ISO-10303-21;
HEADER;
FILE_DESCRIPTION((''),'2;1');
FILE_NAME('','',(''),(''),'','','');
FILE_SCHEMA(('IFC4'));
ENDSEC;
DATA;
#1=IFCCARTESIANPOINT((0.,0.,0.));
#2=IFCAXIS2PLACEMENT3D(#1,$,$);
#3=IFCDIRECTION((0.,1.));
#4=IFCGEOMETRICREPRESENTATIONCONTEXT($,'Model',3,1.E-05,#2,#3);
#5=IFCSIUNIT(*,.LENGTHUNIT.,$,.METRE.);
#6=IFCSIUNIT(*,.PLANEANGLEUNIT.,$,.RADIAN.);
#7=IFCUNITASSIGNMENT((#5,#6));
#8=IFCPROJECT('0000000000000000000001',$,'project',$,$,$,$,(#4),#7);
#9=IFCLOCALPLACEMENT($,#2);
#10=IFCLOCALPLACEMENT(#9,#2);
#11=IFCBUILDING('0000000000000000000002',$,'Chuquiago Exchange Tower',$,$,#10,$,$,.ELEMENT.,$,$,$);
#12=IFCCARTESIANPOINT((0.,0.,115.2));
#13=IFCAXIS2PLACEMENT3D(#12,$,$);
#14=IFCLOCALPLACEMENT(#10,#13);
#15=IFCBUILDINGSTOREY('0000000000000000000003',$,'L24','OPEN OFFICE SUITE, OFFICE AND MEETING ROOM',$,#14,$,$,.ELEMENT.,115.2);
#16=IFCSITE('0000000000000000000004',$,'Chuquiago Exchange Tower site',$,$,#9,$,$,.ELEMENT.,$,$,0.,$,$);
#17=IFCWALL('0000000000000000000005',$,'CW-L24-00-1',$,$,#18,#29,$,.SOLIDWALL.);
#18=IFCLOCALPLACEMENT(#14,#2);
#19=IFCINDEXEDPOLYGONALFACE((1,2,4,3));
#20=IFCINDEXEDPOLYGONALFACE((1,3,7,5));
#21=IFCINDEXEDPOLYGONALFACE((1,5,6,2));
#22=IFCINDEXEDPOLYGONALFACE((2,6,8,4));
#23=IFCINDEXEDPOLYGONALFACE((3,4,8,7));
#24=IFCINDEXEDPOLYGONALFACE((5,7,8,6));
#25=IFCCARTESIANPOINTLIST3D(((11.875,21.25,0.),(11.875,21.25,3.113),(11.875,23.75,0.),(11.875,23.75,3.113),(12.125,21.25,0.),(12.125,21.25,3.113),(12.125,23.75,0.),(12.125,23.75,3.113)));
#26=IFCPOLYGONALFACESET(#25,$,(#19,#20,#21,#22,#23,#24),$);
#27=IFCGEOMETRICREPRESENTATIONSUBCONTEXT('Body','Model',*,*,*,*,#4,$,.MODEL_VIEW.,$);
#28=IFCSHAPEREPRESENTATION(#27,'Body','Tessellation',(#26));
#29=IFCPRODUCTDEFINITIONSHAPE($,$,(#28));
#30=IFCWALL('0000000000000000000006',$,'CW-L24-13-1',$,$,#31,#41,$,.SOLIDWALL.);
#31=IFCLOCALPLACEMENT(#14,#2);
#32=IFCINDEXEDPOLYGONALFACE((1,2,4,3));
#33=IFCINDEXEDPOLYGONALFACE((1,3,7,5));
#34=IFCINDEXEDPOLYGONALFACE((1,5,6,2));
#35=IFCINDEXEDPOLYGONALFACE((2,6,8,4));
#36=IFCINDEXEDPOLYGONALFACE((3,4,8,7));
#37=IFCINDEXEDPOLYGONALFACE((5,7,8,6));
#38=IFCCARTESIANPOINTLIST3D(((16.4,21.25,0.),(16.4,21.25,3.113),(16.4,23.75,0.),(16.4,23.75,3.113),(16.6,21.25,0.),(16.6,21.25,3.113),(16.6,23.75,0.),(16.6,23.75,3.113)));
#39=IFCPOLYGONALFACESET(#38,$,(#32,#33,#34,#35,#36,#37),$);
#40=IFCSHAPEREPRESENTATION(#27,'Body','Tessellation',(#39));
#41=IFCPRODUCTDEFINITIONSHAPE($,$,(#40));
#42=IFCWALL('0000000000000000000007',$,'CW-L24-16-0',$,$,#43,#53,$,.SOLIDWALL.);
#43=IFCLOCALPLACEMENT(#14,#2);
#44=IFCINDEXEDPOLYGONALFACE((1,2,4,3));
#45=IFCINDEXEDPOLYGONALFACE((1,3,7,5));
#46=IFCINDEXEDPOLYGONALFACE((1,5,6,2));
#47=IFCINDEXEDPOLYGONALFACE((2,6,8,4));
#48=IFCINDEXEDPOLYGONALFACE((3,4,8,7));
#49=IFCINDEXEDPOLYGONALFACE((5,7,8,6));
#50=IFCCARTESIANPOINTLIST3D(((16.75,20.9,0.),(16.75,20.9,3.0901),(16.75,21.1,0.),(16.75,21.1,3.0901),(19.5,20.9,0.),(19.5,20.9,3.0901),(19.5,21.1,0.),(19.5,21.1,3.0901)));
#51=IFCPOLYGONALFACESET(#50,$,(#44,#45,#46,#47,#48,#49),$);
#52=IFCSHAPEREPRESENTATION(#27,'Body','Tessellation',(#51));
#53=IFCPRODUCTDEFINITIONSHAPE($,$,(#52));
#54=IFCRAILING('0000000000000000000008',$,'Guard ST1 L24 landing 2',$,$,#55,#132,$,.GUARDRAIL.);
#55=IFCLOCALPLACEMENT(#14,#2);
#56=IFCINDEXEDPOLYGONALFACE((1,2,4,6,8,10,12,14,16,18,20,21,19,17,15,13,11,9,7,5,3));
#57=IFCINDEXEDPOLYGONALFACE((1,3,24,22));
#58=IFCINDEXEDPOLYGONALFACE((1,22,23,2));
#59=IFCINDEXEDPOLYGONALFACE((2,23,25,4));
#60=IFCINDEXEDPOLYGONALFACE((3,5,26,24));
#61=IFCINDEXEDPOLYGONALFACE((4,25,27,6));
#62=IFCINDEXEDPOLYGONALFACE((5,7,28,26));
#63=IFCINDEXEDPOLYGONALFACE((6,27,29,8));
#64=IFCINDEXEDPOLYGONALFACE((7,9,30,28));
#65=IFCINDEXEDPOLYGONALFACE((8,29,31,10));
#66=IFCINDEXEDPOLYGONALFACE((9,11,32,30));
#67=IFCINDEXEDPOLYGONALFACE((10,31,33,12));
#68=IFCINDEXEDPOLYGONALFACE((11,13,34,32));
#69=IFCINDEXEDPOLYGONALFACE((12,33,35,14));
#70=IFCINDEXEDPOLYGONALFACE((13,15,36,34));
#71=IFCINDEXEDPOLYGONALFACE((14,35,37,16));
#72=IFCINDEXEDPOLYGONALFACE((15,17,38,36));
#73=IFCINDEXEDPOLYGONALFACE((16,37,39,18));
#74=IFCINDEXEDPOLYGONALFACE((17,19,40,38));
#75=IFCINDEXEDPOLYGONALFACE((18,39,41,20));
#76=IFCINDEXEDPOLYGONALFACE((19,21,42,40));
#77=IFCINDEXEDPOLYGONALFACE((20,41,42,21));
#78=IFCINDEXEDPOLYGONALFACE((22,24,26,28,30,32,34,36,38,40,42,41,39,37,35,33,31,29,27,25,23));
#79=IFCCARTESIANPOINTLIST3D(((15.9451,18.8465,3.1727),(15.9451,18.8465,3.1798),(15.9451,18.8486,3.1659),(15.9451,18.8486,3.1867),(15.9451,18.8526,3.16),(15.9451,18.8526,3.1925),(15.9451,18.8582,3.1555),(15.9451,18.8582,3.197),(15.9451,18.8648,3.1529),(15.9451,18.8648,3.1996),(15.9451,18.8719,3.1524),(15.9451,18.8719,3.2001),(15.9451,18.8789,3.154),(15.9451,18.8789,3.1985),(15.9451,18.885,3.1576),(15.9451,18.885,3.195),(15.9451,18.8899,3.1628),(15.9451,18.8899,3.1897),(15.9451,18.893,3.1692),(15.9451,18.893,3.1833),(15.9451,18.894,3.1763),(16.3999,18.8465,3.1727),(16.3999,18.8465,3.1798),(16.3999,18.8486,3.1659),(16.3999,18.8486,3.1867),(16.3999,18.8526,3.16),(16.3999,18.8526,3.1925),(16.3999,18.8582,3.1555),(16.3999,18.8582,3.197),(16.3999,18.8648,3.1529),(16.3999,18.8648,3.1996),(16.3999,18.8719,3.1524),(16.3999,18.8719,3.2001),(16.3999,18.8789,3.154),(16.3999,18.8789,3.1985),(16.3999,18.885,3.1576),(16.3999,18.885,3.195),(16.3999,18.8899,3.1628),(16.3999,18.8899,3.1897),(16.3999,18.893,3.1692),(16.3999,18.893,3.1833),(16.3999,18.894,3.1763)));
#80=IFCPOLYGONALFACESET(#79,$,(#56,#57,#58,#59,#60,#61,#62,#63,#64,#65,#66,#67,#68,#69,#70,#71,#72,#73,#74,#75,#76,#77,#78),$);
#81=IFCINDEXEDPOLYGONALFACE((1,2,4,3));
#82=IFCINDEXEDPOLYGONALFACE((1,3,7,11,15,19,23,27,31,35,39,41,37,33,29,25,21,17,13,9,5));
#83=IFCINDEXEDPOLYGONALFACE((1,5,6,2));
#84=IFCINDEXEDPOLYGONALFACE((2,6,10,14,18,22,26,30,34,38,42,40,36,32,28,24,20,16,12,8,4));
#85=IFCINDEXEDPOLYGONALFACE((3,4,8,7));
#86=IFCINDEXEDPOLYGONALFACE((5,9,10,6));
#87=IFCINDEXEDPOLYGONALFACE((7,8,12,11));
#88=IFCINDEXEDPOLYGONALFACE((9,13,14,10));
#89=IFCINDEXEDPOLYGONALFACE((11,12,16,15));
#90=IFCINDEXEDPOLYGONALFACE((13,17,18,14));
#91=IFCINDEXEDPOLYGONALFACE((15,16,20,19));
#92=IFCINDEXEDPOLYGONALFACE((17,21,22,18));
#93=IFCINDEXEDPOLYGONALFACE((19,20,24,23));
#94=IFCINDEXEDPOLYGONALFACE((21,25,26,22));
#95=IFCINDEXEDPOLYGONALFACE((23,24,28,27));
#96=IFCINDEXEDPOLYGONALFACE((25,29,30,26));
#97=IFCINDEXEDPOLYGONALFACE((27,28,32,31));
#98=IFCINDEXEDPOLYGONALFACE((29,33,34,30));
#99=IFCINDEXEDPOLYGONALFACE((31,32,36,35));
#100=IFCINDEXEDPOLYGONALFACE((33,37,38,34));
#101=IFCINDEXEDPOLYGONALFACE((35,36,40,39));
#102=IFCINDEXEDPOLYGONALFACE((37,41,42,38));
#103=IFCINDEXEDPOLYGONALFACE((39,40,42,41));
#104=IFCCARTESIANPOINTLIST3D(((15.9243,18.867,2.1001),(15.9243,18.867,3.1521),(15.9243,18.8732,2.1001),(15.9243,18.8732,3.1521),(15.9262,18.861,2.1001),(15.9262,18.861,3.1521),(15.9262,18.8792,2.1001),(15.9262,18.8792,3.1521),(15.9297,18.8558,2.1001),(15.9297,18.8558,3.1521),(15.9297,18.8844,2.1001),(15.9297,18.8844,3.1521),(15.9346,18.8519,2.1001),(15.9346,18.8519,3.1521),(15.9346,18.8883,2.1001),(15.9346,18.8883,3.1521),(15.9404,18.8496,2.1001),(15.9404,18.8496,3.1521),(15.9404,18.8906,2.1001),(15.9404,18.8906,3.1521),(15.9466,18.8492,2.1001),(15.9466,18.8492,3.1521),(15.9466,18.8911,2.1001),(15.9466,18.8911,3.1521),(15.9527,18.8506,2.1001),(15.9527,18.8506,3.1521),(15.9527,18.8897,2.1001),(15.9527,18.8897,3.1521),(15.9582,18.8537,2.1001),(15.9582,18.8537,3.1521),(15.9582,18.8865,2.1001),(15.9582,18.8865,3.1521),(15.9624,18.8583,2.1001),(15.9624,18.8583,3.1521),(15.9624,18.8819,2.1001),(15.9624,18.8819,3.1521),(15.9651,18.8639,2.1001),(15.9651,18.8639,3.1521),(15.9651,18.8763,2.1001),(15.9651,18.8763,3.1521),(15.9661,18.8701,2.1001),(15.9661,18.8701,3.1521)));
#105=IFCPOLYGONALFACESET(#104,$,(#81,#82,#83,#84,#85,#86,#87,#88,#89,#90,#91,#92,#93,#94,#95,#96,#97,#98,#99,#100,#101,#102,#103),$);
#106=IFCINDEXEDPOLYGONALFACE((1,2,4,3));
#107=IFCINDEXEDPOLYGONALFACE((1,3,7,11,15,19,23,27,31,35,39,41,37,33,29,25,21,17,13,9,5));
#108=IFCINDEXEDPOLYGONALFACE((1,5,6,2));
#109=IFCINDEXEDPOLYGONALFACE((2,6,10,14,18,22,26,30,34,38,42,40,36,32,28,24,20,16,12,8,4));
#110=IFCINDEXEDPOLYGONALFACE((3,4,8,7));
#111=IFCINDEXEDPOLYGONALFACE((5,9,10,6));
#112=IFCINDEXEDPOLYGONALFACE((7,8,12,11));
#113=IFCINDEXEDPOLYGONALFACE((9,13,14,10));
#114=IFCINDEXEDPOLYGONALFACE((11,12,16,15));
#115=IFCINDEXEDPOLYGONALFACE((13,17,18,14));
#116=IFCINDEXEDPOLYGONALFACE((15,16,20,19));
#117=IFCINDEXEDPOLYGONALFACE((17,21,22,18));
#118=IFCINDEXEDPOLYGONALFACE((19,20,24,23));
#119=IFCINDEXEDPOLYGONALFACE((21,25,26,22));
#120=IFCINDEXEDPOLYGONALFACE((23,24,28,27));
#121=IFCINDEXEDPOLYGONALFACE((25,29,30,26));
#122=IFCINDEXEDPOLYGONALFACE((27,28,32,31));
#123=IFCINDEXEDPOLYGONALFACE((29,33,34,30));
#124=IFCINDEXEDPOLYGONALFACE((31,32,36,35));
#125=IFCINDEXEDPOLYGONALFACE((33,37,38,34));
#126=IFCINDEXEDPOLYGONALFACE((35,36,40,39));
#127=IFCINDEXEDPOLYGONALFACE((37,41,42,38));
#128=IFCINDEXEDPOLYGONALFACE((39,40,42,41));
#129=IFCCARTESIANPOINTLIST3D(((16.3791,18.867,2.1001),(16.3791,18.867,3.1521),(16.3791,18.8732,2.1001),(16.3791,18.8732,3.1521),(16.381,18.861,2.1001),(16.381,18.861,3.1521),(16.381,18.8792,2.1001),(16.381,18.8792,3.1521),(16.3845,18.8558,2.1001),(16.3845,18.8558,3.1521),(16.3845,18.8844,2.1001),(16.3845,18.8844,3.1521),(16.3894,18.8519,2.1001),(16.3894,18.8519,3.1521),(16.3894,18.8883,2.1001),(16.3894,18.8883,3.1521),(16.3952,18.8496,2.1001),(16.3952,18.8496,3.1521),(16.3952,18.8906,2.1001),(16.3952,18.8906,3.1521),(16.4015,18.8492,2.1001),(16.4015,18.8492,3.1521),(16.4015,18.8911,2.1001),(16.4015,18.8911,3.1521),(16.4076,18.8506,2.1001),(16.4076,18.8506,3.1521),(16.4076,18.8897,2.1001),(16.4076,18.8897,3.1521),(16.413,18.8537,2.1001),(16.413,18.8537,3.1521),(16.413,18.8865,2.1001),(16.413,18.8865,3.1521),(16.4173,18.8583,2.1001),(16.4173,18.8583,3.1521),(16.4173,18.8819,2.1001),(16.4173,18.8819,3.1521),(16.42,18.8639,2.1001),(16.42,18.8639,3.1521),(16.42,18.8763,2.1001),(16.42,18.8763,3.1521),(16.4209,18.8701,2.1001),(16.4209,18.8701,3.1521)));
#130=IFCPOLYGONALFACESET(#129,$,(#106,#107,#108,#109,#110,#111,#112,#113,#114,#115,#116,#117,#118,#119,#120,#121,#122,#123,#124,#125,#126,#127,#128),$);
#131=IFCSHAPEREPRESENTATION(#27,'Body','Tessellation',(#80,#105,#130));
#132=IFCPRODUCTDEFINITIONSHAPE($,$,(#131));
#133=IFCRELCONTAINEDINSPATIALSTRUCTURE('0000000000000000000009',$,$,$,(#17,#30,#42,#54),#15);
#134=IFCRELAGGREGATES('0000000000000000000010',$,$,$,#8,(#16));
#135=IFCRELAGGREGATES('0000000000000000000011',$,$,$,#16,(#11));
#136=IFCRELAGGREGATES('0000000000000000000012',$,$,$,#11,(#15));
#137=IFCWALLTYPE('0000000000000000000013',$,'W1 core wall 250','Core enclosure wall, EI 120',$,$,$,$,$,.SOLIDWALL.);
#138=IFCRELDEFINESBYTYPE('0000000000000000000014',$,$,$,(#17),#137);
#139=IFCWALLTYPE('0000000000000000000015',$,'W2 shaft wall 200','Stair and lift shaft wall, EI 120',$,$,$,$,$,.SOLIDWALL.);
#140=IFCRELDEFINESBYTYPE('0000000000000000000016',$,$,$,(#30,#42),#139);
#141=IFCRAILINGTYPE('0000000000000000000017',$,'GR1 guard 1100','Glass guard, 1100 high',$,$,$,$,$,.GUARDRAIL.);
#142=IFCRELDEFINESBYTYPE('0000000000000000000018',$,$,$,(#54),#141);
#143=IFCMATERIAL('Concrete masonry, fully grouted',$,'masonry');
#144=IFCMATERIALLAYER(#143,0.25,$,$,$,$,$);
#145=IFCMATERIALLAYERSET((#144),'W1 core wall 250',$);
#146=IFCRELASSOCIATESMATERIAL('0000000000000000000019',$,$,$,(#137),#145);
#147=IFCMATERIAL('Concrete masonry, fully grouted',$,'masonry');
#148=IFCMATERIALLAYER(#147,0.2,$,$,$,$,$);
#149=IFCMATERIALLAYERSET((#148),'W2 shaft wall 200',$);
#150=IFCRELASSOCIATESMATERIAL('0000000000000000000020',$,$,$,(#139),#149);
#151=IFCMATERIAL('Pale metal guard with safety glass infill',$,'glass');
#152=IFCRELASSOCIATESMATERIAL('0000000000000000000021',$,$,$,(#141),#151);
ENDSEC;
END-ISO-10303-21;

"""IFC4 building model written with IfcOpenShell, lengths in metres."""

from ifc_helpers import new_model, si_unit, direction, frame, frame_2d, origin, origin_2d, place, context, subcontext, project, spatial, rectangle, circle, extrude, material, layer, layer_set, type_object, element, save


model = new_model("IFC4")

# Units and contexts
model_context = context("Model", 3, precision=1e-05, world=origin(), true_north=direction((0.0, 1.0)))
body_context = subcontext(model_context, "Body", "Model", "MODEL_VIEW")
ifc_project = project(units=[si_unit("LENGTHUNIT", "METRE"), si_unit("PLANEANGLEUNIT", "RADIAN")], contexts=[model_context])

# Site, building, storey
site_placement = place(None, origin())
site = spatial("IfcSite", under=ifc_project, at=site_placement, Name="Chuquiago Exchange Tower site", CompositionType="ELEMENT", RefElevation=0.0)
building_placement = place(site_placement, origin())
building = spatial("IfcBuilding", under=site, at=building_placement, Name="Chuquiago Exchange Tower", CompositionType="ELEMENT")
storey_placement = place(building_placement, frame((0.0, 0.0, 115.2)))
storey = spatial("IfcBuildingStorey", under=building, at=storey_placement, Name="L24", Description="OPEN OFFICE SUITE, OFFICE AND MEETING ROOM", CompositionType="ELEMENT", Elevation=115.2)

# Walls
ifc_material_1 = material(Name="Concrete masonry, fully grouted", Category="masonry")
ifc_layer_1 = layer(ifc_material_1, 0.25)
ifc_layer_set_1 = layer_set([ifc_layer_1], Name="W1 core wall 250")
wall_type_1 = type_object("IfcWallType", Name="W1 core wall 250", Description="Core enclosure wall, EI 120", PredefinedType="SOLIDWALL", material=ifc_layer_set_1)
wall_1_placement = place(storey_placement, frame((12.0, 21.25, 0.0), z_axis=(0.0, 0.0, 1.0), x_axis=(0.0, 1.0, 0.0)))
element("IfcWall", 1, at=wall_1_placement, inside=storey, type_object=wall_type_1, Name="CW-L24-00-1", PredefinedType="SOLIDWALL", context=body_context, shape_type="SweptSolid", body=[
    extrude(rectangle(XDim=2.5, YDim=0.25, at=frame_2d((1.25, 0.0))), origin(), (0.0, 0.0, 1.0), 3.113),
])
ifc_material_2 = material(Name="Concrete masonry, fully grouted", Category="masonry")
ifc_layer_2 = layer(ifc_material_2, 0.2)
ifc_layer_set_2 = layer_set([ifc_layer_2], Name="W2 shaft wall 200")
wall_type_2 = type_object("IfcWallType", Name="W2 shaft wall 200", Description="Stair and lift shaft wall, EI 120", PredefinedType="SOLIDWALL", material=ifc_layer_set_2)
wall_2_placement = place(storey_placement, frame((16.5, 21.25, 0.0), z_axis=(0.0, 0.0, 1.0), x_axis=(0.0, 1.0, 0.0)))
element("IfcWall", 2, at=wall_2_placement, inside=storey, type_object=wall_type_2, Name="CW-L24-13-1", PredefinedType="SOLIDWALL", context=body_context, shape_type="SweptSolid", body=[
    extrude(rectangle(XDim=2.5, YDim=0.2, at=frame_2d((1.25, 0.0))), origin(), (0.0, 0.0, 1.0), 3.113),
])
wall_3_placement = place(storey_placement, frame((16.75, 21.0, 0.0), z_axis=(0.0, 0.0, 1.0), x_axis=(1.0, 0.0, 0.0)))
element("IfcWall", 3, at=wall_3_placement, inside=storey, type_object=wall_type_2, Name="CW-L24-16-0", PredefinedType="SOLIDWALL", context=body_context, shape_type="SweptSolid", body=[
    extrude(rectangle(XDim=2.75, YDim=0.2, at=frame_2d((1.375, 0.0))), origin(), (0.0, 0.0, 1.0), 3.0901),
])

# Railing
ifc_material_3 = material(Name="Pale metal guard with safety glass infill", Category="glass")
railing_type_1 = type_object("IfcRailingType", Name="GR1 guard 1100", Description="Glass guard, 1100 high", PredefinedType="GUARDRAIL", material=ifc_material_3)
railing_1_placement = place(storey_placement, frame((15.9451, 18.8701, 2.1001)))
element("IfcRailing", 4, at=railing_1_placement, inside=storey, type_object=railing_type_1, Name="Guard ST1 L24 landing 2", PredefinedType="GUARDRAIL", context=body_context, shape_type="SweptSolid", body=[
    extrude(circle(Radius=0.0239, at=origin_2d()), frame((0.0, 0.0, 1.0762), z_axis=(1.0, 0.0, 0.0), x_axis=(0.0, 1.0, 0.0)), (0.0, 0.0, 1.0), 0.4548),
    extrude(circle(Radius=0.021, at=origin_2d()), origin(), (0.0, 0.0, 1.0), 1.052),
    extrude(circle(Radius=0.021, at=origin_2d()), frame((0.4548, 0.0, 0.0)), (0.0, 0.0, 1.0), 1.052),
])

save(model, "model.ifc")
